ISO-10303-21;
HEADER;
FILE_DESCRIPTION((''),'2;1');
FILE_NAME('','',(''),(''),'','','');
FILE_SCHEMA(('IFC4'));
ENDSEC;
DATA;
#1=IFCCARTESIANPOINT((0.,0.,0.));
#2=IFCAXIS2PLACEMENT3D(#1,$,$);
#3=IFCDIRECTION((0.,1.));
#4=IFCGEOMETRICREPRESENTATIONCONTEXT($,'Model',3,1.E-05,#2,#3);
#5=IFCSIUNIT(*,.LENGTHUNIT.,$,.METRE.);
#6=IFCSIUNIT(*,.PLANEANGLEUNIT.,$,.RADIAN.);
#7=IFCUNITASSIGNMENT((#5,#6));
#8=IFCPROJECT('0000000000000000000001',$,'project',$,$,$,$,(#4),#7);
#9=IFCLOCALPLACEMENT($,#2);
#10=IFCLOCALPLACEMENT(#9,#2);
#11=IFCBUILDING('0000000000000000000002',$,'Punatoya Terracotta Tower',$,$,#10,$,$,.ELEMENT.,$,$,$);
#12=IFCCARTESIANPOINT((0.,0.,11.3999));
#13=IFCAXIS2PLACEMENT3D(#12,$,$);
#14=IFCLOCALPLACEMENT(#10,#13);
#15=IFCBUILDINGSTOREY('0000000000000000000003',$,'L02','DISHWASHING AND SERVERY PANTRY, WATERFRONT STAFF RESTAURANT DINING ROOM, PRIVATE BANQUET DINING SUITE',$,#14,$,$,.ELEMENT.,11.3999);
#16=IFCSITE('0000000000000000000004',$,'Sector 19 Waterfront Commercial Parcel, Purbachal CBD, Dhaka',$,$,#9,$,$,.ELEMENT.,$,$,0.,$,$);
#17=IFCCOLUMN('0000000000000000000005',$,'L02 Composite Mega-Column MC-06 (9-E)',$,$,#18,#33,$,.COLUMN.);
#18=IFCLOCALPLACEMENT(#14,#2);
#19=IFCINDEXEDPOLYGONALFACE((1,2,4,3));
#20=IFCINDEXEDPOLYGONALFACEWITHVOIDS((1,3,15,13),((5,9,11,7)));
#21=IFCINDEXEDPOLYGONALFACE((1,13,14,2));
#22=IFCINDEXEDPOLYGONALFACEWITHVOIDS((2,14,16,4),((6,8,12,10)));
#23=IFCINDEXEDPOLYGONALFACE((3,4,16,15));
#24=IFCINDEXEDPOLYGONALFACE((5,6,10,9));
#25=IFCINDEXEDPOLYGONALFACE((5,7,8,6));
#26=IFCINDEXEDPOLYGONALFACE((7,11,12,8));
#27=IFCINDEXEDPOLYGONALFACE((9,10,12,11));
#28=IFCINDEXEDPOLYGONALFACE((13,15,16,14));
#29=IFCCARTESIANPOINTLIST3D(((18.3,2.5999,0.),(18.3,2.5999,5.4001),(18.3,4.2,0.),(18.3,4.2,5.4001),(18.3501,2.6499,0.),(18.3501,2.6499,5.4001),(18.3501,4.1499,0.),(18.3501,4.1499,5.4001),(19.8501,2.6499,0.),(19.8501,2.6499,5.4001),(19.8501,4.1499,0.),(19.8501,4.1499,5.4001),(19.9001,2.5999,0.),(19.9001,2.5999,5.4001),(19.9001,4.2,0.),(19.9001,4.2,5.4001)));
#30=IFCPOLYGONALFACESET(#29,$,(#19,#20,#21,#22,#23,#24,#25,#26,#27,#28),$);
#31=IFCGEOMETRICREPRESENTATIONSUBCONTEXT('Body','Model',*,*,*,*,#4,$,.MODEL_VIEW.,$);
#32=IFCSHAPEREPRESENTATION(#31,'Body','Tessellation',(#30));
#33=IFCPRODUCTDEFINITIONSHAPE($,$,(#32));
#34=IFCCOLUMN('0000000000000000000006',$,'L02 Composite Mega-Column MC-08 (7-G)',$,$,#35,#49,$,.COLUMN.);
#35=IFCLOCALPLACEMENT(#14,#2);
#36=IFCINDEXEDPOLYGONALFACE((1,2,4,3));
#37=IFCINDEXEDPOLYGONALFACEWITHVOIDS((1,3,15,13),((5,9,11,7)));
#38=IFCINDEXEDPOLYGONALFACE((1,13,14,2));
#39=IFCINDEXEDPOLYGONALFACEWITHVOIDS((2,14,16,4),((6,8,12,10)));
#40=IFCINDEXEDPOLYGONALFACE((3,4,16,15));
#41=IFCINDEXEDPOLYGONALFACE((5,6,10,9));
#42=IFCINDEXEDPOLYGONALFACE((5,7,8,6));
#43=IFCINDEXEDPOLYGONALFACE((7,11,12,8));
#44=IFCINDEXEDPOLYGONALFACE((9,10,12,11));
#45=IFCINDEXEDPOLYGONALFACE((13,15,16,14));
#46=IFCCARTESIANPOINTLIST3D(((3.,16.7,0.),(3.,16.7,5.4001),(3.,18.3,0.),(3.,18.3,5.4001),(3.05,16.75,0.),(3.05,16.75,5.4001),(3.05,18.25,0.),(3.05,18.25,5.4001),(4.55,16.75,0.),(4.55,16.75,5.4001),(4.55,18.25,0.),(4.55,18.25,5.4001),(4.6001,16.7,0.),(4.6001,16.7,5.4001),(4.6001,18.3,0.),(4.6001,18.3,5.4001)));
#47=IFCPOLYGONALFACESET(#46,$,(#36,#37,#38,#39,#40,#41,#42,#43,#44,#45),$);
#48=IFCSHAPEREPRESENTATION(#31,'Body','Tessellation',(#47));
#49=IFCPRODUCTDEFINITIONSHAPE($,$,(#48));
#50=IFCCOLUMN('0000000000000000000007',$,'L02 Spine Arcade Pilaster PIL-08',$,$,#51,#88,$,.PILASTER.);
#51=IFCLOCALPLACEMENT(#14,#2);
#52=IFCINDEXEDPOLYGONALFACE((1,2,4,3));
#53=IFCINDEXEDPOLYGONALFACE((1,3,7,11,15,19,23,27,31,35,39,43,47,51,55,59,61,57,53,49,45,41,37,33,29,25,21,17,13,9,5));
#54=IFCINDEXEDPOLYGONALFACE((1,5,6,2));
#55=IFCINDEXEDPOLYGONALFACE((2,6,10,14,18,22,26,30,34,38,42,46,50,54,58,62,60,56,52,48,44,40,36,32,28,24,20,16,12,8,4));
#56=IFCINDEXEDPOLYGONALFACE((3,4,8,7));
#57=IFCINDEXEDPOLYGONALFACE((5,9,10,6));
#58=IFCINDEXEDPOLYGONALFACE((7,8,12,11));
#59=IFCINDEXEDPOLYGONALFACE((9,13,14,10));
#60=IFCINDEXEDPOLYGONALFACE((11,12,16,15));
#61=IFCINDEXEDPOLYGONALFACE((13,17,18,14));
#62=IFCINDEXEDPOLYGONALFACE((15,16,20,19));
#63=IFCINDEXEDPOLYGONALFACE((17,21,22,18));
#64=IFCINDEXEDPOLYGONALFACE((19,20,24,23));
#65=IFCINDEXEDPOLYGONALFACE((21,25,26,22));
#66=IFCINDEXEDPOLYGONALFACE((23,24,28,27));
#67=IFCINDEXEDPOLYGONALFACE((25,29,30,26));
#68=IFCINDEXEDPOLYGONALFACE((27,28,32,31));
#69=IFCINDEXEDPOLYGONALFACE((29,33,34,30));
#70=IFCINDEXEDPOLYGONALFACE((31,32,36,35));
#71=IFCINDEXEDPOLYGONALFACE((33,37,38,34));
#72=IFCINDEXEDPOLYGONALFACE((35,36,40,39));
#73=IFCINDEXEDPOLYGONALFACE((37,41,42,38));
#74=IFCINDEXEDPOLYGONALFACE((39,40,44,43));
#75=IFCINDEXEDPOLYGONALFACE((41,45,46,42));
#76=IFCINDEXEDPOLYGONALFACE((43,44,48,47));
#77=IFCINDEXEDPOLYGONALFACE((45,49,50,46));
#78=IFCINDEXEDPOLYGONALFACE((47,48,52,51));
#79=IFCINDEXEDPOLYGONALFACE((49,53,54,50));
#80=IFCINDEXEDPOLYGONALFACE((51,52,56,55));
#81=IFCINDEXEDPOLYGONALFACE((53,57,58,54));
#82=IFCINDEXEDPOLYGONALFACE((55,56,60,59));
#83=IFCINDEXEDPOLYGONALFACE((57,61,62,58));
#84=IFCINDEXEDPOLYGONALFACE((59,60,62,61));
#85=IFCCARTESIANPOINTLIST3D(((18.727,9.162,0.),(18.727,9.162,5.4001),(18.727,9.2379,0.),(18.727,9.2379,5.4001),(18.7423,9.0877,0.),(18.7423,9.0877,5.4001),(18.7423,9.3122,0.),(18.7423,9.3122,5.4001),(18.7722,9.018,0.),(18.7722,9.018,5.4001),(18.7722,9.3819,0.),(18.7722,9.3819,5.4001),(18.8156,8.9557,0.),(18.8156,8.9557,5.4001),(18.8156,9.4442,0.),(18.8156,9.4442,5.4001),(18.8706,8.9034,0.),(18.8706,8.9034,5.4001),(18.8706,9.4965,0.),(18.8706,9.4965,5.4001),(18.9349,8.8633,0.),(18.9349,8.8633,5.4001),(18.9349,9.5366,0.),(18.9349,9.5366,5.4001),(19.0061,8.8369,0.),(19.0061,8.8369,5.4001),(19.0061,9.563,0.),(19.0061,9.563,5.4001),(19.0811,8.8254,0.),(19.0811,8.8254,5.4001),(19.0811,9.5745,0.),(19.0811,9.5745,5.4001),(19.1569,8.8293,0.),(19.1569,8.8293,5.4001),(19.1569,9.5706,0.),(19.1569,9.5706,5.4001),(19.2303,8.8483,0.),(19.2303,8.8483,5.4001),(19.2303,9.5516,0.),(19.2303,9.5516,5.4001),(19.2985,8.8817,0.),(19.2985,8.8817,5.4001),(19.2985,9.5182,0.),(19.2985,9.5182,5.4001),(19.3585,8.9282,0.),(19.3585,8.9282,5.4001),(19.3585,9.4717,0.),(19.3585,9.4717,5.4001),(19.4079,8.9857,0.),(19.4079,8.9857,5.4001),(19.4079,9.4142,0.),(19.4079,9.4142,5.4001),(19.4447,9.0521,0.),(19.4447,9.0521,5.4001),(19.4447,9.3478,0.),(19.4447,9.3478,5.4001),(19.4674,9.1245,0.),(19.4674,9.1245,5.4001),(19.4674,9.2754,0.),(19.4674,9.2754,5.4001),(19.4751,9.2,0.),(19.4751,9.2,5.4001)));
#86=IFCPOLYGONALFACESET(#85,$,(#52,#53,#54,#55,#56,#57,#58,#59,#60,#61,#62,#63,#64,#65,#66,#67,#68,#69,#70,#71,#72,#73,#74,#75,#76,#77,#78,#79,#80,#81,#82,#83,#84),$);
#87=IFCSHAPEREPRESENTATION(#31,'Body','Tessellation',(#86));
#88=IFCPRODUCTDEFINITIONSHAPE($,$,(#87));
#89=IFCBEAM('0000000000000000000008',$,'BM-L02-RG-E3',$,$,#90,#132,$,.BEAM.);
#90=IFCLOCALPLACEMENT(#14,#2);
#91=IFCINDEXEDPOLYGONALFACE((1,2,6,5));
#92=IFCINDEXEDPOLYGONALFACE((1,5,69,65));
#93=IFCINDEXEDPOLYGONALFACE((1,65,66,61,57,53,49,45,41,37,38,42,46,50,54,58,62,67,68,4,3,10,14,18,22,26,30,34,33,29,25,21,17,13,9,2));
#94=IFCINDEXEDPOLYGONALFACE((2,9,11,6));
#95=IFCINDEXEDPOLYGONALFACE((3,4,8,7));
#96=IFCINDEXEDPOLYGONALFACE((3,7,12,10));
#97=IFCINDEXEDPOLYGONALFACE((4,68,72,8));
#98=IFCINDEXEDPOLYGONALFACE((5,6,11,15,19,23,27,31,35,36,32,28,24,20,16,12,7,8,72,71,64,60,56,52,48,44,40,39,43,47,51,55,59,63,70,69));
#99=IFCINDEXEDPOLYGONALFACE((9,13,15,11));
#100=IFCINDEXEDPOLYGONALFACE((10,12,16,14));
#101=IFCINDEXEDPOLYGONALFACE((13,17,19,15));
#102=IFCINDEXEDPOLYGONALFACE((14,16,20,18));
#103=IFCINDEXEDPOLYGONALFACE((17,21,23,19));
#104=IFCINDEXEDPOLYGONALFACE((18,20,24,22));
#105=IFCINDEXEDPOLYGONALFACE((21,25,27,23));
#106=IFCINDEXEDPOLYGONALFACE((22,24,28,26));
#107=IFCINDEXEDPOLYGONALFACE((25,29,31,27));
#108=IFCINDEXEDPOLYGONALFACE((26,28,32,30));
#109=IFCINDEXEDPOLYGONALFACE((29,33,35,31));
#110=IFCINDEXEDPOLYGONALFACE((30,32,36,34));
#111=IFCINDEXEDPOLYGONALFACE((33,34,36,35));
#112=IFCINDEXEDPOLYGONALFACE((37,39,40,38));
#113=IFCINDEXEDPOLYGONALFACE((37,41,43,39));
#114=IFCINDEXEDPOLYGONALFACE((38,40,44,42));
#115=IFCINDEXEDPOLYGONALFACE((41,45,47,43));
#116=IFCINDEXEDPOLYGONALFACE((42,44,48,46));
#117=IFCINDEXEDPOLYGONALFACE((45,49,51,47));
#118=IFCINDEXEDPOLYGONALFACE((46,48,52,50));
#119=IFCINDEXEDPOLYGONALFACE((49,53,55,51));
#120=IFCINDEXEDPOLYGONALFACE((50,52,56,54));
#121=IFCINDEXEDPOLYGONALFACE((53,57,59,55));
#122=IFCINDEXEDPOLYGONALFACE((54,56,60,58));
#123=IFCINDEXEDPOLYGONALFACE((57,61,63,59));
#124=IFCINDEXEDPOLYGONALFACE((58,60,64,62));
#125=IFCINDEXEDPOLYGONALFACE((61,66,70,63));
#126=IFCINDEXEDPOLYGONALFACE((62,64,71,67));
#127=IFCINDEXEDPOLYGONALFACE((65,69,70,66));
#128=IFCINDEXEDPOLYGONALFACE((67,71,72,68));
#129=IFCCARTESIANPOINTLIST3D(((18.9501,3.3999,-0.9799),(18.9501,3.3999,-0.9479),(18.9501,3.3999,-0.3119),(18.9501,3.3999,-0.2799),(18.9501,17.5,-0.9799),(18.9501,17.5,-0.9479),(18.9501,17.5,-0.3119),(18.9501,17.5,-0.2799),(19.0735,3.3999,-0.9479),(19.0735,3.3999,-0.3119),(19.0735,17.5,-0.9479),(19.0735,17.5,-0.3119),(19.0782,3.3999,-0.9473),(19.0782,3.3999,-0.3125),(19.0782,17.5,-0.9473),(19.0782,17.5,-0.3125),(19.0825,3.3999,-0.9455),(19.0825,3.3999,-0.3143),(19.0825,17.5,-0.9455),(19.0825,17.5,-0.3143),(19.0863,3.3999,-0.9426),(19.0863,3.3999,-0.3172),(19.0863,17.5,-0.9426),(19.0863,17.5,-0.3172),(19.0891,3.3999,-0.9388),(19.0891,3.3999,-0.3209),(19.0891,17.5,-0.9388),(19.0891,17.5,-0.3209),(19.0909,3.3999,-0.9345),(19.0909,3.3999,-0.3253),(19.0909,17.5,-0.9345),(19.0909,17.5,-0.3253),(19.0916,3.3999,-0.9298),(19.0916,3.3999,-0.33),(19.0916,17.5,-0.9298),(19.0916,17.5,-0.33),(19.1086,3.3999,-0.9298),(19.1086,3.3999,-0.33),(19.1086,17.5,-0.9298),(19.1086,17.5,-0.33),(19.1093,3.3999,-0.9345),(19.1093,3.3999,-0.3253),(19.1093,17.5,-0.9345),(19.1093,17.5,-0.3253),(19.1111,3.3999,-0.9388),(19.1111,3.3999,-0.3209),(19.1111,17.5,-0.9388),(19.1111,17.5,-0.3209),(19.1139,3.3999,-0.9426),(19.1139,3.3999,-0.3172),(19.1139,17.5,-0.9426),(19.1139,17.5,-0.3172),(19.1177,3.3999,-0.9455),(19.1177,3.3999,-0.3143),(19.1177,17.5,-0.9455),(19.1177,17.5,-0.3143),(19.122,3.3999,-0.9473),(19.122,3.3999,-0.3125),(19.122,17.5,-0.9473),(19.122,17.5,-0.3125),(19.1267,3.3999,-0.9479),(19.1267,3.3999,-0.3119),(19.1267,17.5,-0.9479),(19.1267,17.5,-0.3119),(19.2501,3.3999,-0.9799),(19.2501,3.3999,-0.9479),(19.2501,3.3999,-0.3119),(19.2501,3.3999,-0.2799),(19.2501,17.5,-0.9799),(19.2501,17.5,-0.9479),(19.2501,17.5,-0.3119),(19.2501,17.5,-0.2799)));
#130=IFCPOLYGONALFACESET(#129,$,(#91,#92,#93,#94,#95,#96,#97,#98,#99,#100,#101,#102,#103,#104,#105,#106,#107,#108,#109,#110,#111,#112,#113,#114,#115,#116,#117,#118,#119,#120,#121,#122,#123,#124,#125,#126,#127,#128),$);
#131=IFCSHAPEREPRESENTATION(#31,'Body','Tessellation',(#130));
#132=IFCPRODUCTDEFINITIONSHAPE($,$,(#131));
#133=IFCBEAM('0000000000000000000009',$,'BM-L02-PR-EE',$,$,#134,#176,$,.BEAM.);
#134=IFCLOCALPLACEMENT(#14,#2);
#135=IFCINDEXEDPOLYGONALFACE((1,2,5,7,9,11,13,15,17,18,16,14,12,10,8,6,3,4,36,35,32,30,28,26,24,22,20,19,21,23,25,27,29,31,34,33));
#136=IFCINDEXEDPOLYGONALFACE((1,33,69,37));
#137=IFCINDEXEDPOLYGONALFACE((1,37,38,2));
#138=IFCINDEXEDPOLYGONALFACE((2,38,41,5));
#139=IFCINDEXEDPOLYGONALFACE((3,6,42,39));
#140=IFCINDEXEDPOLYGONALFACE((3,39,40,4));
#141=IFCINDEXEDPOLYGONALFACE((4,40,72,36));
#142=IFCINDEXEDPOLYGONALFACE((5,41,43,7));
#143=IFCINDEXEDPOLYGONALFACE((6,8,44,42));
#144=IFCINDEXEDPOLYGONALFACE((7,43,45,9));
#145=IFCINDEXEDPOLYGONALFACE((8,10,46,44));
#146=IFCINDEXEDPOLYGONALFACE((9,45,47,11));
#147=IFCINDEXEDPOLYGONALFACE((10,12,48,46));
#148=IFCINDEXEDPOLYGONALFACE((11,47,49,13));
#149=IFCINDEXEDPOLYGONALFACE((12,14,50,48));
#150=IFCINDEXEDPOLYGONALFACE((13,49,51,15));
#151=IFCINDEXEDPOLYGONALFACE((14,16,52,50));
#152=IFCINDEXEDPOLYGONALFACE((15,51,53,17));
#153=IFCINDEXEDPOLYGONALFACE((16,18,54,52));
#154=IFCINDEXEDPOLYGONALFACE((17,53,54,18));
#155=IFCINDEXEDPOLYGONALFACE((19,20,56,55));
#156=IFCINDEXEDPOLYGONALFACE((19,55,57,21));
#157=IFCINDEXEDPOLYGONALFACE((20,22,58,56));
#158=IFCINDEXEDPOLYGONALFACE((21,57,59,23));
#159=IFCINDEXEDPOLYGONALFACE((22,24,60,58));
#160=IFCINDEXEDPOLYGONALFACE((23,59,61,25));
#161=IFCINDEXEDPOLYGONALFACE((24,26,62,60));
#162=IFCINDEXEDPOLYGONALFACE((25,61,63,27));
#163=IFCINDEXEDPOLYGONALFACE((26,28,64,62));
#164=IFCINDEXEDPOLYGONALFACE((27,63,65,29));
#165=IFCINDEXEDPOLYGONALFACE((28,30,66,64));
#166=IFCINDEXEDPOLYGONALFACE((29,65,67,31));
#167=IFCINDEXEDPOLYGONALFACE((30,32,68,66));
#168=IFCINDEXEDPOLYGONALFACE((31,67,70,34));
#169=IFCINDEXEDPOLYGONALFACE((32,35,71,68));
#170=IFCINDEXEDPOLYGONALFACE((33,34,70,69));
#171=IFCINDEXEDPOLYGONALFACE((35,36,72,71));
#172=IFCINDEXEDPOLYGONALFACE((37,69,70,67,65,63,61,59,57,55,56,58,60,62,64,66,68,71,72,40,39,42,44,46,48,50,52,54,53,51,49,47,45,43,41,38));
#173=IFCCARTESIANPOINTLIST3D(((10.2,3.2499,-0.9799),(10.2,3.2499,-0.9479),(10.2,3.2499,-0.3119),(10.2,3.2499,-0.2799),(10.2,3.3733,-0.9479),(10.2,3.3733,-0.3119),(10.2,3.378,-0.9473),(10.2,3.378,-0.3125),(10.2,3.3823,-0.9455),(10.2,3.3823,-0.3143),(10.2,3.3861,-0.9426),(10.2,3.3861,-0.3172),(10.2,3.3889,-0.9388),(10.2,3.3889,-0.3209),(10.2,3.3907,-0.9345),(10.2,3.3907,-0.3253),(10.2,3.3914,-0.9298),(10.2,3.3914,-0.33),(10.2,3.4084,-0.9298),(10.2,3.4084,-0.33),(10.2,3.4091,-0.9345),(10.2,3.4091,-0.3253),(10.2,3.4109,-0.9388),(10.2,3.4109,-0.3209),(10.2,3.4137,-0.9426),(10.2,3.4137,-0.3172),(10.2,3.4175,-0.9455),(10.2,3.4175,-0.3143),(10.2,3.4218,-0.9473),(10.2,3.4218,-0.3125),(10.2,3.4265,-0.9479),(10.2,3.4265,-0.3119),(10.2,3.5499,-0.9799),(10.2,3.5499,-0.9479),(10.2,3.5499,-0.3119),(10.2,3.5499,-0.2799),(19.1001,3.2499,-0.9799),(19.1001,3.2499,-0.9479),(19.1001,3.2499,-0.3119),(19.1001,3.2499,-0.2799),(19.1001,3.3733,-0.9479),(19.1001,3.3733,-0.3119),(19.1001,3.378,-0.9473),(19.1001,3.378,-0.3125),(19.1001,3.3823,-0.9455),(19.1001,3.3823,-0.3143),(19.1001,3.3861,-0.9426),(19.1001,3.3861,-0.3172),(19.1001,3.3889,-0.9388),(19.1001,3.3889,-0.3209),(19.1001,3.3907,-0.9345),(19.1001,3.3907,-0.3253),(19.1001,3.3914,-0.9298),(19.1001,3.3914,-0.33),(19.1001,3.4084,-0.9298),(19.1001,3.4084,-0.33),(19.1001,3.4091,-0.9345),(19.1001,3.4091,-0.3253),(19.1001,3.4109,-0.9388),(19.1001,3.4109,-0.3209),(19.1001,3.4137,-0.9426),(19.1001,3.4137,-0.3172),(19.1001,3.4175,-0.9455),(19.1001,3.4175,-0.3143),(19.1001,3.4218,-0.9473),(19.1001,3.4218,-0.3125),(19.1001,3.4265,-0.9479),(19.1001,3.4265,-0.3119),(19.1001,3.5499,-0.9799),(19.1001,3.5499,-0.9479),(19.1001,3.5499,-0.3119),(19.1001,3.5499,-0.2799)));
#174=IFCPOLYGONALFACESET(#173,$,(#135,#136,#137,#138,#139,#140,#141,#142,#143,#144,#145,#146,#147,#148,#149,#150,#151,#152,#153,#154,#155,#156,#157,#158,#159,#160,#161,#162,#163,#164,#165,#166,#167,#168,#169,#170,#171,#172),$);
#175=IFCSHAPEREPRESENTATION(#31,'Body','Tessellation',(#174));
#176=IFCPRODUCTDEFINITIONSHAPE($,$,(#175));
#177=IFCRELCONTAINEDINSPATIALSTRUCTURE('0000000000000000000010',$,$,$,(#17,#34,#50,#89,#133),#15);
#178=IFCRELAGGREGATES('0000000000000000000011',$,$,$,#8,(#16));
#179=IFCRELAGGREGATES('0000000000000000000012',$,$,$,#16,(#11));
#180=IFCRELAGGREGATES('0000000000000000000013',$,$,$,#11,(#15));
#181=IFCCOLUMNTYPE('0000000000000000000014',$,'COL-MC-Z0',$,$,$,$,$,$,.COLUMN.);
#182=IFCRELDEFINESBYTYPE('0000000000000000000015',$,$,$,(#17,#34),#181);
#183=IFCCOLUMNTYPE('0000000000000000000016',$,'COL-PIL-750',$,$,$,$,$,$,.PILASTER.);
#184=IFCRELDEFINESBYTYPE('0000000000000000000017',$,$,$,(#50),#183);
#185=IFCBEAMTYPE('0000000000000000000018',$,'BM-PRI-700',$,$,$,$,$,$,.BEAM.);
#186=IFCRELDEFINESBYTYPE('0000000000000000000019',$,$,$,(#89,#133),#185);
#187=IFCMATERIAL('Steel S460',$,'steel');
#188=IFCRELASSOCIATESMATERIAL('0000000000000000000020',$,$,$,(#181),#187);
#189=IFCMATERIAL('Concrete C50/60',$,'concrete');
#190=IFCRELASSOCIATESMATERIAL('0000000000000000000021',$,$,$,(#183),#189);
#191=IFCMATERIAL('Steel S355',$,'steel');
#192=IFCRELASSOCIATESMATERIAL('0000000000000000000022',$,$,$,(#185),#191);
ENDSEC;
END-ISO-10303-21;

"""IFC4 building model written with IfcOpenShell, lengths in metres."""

from ifc_helpers import new_model, si_unit, direction, frame, origin, origin_2d, place, context, subcontext, project, spatial, hollow_rectangle, circle, i_section, extrude, material, material_profile, profile_set, type_object, element, save


model = new_model("IFC4")

# Units and contexts
model_context = context("Model", 3, precision=1e-05, world=origin(), true_north=direction((0.0, 1.0)))
body_context = subcontext(model_context, "Body", "Model", "MODEL_VIEW")
ifc_project = project(units=[si_unit("LENGTHUNIT", "METRE"), si_unit("PLANEANGLEUNIT", "RADIAN")], contexts=[model_context])

# Site, building, storey
site_placement = place(None, origin())
site = spatial("IfcSite", under=ifc_project, at=site_placement, Name="Sector 19 Waterfront Commercial Parcel, Purbachal CBD, Dhaka", CompositionType="ELEMENT", RefElevation=0.0)
building_placement = place(site_placement, origin())
building = spatial("IfcBuilding", under=site, at=building_placement, Name="Punatoya Terracotta Tower", CompositionType="ELEMENT")
storey_placement = place(building_placement, frame((0.0, 0.0, 11.3999)))
storey = spatial("IfcBuildingStorey", under=building, at=storey_placement, Name="L02", Description="DISHWASHING AND SERVERY PANTRY, WATERFRONT STAFF RESTAURANT DINING ROOM, PRIVATE BANQUET DINING SUITE", CompositionType="ELEMENT", Elevation=11.3999)

# Columns
ifc_material_1 = material(Name="Steel S460", Category="steel")
ifc_material_profile_1 = material_profile(ifc_material_1, hollow_rectangle(XDim=1.6001, YDim=1.6001, WallThickness=0.05, at=origin_2d()))
ifc_profile_set_1 = profile_set([ifc_material_profile_1], Name="Steel S460")
column_type_1 = type_object("IfcColumnType", Name="COL-MC-Z0", PredefinedType="COLUMN", material=ifc_profile_set_1)
for number, where, z_axis, x_axis, name in (
    (1, (19.1001, 3.3999, 0.0), (0.0, 0.0, 1.0), (1.0, 0.0, 0.0), "L02 Composite Mega-Column MC-06 (9-E)"),
    (2, (3.8, 17.5, 0.0), (0.0, 0.0, 1.0), (1.0, 0.0, 0.0), "L02 Composite Mega-Column MC-08 (7-G)"),
):
    element("IfcColumn", number, at=place(storey_placement, frame(where, z_axis=z_axis, x_axis=x_axis)), inside=storey, type_object=column_type_1, Name=name, PredefinedType="COLUMN", context=body_context, shape_type="SweptSolid", body=[
        extrude(hollow_rectangle(XDim=1.6001, YDim=1.6001, WallThickness=0.05, at=origin_2d()), origin(), (0.0, 0.0, 1.0), 5.4001),
    ])
ifc_material_2 = material(Name="Concrete C50/60", Category="concrete")
ifc_material_profile_2 = material_profile(ifc_material_2, circle(Radius=0.375, at=origin_2d()))
ifc_profile_set_2 = profile_set([ifc_material_profile_2], Name="Concrete C50/60")
column_type_2 = type_object("IfcColumnType", Name="COL-PIL-750", PredefinedType="PILASTER", material=ifc_profile_set_2)
column_placement = place(storey_placement, frame((19.1001, 9.2, 0.0), z_axis=(0.0, 0.0, 1.0), x_axis=(1.0, 0.0, 0.0)))
element("IfcColumn", 3, at=column_placement, inside=storey, type_object=column_type_2, Name="L02 Spine Arcade Pilaster PIL-08", PredefinedType="PILASTER", context=body_context, shape_type="SweptSolid", body=[
    extrude(circle(Radius=0.375, at=origin_2d()), origin(), (0.0, 0.0, 1.0), 5.4001),
])

# Beams
ifc_material_3 = material(Name="Steel S355", Category="steel")
ifc_material_profile_3 = material_profile(ifc_material_3, i_section(OverallWidth=0.3, OverallDepth=0.7, WebThickness=0.0171, FlangeThickness=0.032, FilletRadius=0.0181, at=origin_2d()))
ifc_profile_set_3 = profile_set([ifc_material_profile_3], Name="Steel S355")
beam_type_1 = type_object("IfcBeamType", Name="BM-PRI-700", PredefinedType="BEAM", material=ifc_profile_set_3)
beam_1_placement = place(storey_placement, frame((19.1001, 3.3999, -0.6299), z_axis=(0.0, 1.0, 0.0), x_axis=(-1.0, 0.0, 0.0)))
element("IfcBeam", 4, at=beam_1_placement, inside=storey, type_object=beam_type_1, Name="BM-L02-RG-E3", PredefinedType="BEAM", context=body_context, shape_type="SweptSolid", body=[
    extrude(i_section(OverallWidth=0.3, OverallDepth=0.7, WebThickness=0.0171, FlangeThickness=0.032, FilletRadius=0.0181, at=origin_2d()), origin(), (0.0, 0.0, 1.0), 14.1001),
])
for number, where, z_axis, x_axis, name in (
    (5, (10.2, 3.3999, -0.6299), (1.0, 0.0, 0.0), (0.0, 1.0, 0.0), "BM-L02-PR-EE"),
):
    element("IfcBeam", number, at=place(storey_placement, frame(where, z_axis=z_axis, x_axis=x_axis)), inside=storey, type_object=beam_type_1, Name=name, PredefinedType="BEAM", context=body_context, shape_type="SweptSolid", body=[
        extrude(i_section(OverallWidth=0.3, OverallDepth=0.7, WebThickness=0.0171, FlangeThickness=0.032, FilletRadius=0.0181, at=origin_2d()), origin(), (0.0, 0.0, 1.0), 8.9001),
    ])

save(model, "model.ifc")
